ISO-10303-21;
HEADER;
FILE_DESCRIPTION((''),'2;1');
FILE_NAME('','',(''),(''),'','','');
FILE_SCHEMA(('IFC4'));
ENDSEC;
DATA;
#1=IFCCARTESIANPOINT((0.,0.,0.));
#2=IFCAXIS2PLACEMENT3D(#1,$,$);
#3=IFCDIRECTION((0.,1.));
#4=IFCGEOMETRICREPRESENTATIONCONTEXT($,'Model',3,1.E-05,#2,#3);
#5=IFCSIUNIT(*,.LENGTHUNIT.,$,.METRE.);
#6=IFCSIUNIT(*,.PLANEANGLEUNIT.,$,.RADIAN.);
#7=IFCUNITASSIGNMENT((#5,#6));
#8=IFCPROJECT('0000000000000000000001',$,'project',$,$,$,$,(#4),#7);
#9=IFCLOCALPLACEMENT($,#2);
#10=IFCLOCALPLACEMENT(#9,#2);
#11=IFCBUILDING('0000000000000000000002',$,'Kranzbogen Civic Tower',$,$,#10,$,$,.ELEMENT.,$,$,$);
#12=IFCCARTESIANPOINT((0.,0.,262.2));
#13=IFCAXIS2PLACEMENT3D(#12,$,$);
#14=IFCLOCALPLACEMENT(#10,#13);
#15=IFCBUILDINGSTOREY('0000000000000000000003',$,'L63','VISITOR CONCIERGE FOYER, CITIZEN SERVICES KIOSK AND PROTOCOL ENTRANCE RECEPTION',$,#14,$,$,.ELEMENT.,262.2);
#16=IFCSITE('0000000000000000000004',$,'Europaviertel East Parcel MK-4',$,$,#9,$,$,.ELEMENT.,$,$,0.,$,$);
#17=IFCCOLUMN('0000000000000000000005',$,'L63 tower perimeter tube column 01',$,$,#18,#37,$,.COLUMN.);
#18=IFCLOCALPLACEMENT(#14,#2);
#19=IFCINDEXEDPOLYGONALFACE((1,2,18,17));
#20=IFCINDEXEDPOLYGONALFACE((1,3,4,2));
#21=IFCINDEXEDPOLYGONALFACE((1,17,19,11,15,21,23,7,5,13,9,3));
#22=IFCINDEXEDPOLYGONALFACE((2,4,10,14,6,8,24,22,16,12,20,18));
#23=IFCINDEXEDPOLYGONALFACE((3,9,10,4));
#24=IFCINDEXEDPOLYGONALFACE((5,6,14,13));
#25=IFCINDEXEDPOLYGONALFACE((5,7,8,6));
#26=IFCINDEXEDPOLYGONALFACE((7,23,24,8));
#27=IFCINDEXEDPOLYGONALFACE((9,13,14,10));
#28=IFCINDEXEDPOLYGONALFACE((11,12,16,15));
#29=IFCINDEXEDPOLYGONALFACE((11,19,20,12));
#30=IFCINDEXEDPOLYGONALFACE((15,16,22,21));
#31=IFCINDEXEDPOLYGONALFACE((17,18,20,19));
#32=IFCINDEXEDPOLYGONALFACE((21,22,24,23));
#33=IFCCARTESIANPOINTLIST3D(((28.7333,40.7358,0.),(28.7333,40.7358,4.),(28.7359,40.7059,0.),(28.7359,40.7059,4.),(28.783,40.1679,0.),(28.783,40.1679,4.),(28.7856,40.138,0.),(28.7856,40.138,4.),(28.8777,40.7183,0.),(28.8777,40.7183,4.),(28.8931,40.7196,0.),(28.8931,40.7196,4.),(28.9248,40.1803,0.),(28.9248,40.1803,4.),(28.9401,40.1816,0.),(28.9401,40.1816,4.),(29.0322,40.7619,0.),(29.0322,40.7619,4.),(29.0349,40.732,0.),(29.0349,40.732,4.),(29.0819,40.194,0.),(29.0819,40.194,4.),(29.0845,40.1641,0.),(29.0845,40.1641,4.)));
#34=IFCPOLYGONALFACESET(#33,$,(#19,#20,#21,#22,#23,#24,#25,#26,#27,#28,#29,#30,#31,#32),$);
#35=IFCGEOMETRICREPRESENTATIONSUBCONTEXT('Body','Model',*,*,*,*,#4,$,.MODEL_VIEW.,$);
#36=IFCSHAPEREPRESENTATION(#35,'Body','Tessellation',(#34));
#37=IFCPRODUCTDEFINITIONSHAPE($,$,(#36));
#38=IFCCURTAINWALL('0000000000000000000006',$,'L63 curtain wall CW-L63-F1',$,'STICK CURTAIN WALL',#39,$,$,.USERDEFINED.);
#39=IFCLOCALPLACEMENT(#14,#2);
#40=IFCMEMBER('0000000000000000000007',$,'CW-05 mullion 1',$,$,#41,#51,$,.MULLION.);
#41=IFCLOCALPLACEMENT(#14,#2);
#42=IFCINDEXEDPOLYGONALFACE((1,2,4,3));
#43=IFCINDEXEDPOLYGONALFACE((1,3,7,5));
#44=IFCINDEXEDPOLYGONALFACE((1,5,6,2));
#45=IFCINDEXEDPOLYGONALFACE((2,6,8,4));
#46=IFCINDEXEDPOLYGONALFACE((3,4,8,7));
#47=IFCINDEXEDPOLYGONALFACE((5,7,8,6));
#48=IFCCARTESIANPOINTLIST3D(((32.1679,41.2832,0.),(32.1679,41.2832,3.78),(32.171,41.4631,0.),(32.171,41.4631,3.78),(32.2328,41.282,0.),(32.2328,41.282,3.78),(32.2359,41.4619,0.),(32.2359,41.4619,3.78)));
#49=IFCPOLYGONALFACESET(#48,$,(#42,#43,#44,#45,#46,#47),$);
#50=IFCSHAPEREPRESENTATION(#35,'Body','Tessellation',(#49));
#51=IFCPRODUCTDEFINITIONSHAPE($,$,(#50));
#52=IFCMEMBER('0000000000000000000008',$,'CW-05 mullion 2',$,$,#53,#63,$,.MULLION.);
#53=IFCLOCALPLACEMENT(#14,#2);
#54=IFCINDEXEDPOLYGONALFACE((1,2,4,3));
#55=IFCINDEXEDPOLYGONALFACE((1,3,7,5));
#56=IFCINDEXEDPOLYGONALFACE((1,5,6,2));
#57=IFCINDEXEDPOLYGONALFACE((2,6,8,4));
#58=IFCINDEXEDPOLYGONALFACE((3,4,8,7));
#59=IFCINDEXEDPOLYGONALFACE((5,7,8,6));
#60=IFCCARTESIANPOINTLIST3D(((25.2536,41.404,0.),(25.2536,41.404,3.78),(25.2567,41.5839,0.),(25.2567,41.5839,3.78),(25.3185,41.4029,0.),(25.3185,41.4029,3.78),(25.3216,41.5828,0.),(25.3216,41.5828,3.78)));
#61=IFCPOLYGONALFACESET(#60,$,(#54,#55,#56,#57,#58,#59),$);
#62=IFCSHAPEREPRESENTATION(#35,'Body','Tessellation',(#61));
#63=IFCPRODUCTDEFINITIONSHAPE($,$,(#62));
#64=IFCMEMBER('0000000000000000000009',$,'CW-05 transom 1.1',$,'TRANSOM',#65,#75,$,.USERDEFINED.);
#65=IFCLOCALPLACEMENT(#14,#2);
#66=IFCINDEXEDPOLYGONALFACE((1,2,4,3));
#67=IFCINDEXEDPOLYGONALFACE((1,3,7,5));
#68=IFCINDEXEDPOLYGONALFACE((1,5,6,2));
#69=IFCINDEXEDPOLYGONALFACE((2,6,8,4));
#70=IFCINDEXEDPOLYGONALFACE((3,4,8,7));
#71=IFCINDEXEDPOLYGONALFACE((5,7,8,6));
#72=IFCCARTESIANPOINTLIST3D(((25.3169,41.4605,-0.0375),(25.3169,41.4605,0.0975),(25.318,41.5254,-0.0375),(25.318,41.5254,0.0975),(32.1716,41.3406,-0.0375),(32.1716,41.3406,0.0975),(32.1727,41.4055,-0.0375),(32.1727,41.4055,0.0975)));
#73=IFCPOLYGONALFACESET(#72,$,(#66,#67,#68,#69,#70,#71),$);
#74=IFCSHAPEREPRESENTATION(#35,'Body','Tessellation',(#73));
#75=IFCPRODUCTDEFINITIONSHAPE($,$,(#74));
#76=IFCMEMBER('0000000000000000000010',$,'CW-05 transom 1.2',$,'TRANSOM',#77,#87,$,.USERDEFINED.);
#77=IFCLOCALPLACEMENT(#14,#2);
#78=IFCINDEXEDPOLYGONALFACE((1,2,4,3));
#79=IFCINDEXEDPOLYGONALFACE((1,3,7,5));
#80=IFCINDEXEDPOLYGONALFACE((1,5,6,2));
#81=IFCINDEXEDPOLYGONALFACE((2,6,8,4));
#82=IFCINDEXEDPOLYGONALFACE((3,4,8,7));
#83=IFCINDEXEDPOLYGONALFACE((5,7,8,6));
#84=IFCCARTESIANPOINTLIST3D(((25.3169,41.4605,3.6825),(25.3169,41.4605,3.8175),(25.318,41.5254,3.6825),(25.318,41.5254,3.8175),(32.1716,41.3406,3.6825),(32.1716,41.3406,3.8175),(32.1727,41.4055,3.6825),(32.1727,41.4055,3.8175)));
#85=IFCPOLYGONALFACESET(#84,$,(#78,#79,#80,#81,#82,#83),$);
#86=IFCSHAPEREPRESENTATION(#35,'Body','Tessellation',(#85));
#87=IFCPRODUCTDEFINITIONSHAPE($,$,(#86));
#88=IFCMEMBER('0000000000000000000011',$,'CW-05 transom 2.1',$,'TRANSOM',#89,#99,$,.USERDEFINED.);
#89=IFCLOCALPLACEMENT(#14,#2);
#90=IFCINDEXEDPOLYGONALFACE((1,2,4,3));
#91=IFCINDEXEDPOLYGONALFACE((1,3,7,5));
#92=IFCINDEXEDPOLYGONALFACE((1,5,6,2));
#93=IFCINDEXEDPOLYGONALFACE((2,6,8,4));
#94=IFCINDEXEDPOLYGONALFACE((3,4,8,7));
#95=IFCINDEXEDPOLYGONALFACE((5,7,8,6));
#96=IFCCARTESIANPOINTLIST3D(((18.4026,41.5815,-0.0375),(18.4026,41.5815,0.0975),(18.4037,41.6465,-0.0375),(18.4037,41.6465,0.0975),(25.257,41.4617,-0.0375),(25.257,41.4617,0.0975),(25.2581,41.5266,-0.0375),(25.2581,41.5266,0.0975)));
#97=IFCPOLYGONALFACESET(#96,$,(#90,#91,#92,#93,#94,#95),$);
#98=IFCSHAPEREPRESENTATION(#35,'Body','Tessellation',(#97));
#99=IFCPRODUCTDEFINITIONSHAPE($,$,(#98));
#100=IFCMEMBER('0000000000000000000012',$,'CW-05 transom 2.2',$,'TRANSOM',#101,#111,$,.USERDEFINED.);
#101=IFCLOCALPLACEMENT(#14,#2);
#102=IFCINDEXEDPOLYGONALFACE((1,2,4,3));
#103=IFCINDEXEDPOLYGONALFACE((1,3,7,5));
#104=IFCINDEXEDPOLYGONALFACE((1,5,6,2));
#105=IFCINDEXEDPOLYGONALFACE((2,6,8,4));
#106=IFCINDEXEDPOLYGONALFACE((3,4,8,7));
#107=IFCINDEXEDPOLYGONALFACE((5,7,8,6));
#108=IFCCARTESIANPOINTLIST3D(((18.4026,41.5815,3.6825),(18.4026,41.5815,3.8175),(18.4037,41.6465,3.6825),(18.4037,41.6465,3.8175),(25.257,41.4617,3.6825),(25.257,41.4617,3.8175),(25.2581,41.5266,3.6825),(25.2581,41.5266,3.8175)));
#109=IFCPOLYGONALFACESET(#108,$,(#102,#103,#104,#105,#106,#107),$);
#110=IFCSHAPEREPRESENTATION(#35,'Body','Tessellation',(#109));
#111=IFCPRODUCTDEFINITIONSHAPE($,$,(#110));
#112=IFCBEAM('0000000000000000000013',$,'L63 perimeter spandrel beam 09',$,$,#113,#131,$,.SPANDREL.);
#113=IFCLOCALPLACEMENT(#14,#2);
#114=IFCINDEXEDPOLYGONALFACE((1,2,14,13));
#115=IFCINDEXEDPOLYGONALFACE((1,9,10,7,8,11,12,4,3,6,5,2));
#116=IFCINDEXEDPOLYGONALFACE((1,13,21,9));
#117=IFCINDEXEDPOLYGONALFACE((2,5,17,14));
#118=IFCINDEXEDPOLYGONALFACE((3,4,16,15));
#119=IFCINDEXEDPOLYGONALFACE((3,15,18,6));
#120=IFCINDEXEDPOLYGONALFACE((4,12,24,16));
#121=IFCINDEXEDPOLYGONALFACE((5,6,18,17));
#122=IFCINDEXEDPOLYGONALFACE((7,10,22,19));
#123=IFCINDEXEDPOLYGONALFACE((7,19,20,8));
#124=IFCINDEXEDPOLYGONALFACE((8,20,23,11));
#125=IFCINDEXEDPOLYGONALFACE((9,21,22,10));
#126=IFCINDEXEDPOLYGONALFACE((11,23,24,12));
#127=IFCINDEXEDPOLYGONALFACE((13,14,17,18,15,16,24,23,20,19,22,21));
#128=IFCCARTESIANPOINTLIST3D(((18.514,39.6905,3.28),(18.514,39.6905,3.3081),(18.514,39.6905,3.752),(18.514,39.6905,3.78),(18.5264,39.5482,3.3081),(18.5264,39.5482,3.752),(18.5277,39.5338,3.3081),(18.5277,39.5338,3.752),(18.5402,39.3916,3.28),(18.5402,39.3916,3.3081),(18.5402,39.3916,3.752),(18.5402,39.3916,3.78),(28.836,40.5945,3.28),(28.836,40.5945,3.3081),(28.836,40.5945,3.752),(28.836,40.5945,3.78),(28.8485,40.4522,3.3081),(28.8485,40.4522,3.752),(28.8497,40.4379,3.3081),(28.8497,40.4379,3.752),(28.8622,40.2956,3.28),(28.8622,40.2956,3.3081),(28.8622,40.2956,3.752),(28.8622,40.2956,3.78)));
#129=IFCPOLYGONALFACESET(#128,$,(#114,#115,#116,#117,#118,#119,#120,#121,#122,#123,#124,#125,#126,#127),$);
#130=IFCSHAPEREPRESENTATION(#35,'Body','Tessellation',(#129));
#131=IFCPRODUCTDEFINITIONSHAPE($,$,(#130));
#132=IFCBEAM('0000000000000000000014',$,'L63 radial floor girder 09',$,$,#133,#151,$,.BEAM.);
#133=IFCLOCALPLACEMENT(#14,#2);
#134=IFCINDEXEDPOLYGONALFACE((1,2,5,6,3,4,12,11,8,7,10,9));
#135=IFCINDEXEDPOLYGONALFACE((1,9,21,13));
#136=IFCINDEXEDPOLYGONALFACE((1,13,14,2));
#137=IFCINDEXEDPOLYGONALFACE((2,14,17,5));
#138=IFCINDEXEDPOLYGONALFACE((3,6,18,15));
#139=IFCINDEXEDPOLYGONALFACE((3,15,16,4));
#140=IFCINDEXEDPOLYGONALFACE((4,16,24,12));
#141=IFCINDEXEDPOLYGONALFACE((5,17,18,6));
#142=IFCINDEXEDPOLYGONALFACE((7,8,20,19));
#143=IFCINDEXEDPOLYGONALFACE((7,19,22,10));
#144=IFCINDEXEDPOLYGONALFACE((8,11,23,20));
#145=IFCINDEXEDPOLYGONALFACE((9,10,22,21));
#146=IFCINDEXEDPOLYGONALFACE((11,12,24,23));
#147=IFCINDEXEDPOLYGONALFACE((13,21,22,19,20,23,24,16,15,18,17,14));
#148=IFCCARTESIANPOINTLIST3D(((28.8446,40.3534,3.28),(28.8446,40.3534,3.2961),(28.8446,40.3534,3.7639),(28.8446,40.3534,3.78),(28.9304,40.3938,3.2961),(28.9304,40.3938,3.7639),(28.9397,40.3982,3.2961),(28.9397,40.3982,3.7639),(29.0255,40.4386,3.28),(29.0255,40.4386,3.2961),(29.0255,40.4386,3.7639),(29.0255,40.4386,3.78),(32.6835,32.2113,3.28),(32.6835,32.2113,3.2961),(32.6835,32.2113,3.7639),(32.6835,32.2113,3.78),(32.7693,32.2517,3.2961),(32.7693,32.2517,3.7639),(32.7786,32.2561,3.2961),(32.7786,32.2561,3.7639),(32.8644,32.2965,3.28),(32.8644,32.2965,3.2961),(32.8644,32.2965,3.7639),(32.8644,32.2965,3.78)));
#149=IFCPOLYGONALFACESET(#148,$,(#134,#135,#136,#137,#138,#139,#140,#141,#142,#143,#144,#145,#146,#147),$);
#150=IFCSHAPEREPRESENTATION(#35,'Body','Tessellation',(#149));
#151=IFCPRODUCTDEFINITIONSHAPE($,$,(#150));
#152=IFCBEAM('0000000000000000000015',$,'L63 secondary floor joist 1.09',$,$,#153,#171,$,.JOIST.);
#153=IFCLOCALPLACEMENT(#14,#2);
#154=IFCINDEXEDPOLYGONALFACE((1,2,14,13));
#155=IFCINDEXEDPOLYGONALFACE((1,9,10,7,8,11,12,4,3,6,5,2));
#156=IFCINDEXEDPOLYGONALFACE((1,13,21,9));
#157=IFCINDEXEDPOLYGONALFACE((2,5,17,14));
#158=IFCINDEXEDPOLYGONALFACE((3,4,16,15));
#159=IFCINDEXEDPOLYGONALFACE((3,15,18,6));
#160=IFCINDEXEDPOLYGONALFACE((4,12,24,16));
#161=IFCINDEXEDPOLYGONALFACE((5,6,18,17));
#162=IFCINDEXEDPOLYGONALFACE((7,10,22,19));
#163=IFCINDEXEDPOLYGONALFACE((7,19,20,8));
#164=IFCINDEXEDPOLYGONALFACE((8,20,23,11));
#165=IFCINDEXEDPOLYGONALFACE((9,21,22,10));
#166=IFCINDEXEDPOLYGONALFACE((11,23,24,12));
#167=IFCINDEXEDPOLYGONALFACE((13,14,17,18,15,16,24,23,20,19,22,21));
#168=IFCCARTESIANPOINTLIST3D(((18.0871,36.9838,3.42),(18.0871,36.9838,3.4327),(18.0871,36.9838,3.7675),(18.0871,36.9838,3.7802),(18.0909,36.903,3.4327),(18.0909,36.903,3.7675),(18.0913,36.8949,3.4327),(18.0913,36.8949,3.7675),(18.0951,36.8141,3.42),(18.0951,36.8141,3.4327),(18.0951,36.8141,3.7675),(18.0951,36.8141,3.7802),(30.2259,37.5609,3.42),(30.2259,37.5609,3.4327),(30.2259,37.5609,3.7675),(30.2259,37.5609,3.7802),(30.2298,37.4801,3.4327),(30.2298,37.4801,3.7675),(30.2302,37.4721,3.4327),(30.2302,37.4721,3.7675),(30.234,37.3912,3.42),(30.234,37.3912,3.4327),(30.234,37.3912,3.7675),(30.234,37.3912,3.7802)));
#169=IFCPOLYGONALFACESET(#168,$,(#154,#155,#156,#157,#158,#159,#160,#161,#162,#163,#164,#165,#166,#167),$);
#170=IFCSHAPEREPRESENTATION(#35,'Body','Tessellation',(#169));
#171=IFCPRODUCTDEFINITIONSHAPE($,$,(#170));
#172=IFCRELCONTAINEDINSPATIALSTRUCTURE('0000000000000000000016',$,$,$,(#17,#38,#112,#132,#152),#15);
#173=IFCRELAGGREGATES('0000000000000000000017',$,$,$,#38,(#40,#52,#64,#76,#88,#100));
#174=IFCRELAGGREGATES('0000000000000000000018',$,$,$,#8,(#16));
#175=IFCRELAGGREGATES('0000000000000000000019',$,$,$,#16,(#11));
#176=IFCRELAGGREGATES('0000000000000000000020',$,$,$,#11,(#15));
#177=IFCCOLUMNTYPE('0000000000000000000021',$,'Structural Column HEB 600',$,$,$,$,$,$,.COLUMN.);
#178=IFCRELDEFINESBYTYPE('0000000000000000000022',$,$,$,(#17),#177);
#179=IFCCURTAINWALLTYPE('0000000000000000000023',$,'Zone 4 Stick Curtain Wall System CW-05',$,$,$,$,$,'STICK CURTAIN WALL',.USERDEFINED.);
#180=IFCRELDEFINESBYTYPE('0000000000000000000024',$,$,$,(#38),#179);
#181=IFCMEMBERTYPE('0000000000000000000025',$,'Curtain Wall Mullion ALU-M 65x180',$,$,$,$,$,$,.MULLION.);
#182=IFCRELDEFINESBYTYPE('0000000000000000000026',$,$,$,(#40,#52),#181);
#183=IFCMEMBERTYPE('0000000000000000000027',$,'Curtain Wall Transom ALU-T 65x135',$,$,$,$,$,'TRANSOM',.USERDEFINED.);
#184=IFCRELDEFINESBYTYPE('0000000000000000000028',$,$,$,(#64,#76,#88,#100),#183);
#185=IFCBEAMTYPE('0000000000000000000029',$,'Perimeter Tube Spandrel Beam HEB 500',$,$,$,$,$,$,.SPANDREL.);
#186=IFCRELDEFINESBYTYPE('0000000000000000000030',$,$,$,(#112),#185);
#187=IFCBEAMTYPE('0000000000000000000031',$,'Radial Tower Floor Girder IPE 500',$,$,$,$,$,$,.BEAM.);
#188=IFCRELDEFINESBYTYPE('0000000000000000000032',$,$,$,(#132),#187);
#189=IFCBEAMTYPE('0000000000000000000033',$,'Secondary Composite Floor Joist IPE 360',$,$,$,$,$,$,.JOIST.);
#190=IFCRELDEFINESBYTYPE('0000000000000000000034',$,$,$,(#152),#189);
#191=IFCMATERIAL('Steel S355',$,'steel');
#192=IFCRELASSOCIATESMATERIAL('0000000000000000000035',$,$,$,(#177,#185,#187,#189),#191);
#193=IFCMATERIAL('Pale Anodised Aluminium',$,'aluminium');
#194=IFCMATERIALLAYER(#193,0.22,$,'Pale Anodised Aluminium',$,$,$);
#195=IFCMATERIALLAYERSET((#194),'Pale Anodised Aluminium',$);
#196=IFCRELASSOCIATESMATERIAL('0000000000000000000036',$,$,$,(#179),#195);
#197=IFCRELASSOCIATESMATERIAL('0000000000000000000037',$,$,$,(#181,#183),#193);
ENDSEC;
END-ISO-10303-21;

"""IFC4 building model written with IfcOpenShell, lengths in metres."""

from ifc_helpers import new_model, si_unit, direction, frame, origin, origin_2d, place, context, subcontext, project, spatial, rectangle, i_section, extrude, material, layer, layer_set, material_profile, profile_set, type_object, element, aggregate, save


model = new_model("IFC4")

# Units and contexts
model_context = context("Model", 3, precision=1e-05, world=origin(), true_north=direction((0.0, 1.0)))
body_context = subcontext(model_context, "Body", "Model", "MODEL_VIEW")
ifc_project = project(units=[si_unit("LENGTHUNIT", "METRE"), si_unit("PLANEANGLEUNIT", "RADIAN")], contexts=[model_context])

# Site, building, storey
site_placement = place(None, origin())
site = spatial("IfcSite", under=ifc_project, at=site_placement, Name="Europaviertel East Parcel MK-4", CompositionType="ELEMENT", RefElevation=0.0)
building_placement = place(site_placement, origin())
building = spatial("IfcBuilding", under=site, at=building_placement, Name="Kranzbogen Civic Tower", CompositionType="ELEMENT")
storey_placement = place(building_placement, frame((0.0, 0.0, 262.2)))
storey = spatial("IfcBuildingStorey", under=building, at=storey_placement, Name="L63", Description="VISITOR CONCIERGE FOYER, CITIZEN SERVICES KIOSK AND PROTOCOL ENTRANCE RECEPTION", CompositionType="ELEMENT", Elevation=262.2)

# Column
ifc_material_1 = material(Name="Steel S355", Category="steel")
ifc_material_profile_1 = material_profile(ifc_material_1, i_section(OverallWidth=0.3, OverallDepth=0.6001, WebThickness=0.0154, FlangeThickness=0.03, at=origin_2d()), Name="HEB 600")
ifc_profile_set_1 = profile_set([ifc_material_profile_1], Name="Steel S355")
column_type = type_object("IfcColumnType", Name="Structural Column HEB 600", PredefinedType="COLUMN", material=ifc_profile_set_1)
column_placement = place(storey_placement, frame((28.9089, 40.45, 0.0), z_axis=(0.0, 0.0, 1.0), x_axis=(0.996195, 0.087156, 0.0)))
element("IfcColumn", 1, at=column_placement, inside=storey, type_object=column_type, Name="L63 tower perimeter tube column 01", PredefinedType="COLUMN", context=body_context, shape_type="SweptSolid", body=[
    extrude(i_section(OverallWidth=0.3, OverallDepth=0.6001, WebThickness=0.0154, FlangeThickness=0.03, at=origin_2d()), origin(), (0.0, 0.0, 1.0), 4.0),
])

# Curtain wall, members
ifc_material_2 = material(Name="Pale Anodised Aluminium", Category="aluminium")
ifc_layer_1 = layer(ifc_material_2, 0.22, Name="Pale Anodised Aluminium")
ifc_layer_set_1 = layer_set([ifc_layer_1], Name="Pale Anodised Aluminium")
curtain_wall_type = type_object("IfcCurtainWallType", Name="Zone 4 Stick Curtain Wall System CW-05", ElementType="STICK CURTAIN WALL", PredefinedType="USERDEFINED", material=ifc_layer_set_1)
curtain_wall_placement = place(storey_placement, origin())
curtain_wall = element("IfcCurtainWall", 2, at=curtain_wall_placement, inside=storey, type_object=curtain_wall_type, Name="L63 curtain wall CW-L63-F1", ObjectType="STICK CURTAIN WALL", PredefinedType="USERDEFINED")
ifc_material_profile_2 = material_profile(ifc_material_2, rectangle(XDim=0.0649, YDim=0.1799, at=origin_2d()), Name="ALU-M 65x180")
ifc_profile_set_2 = profile_set([ifc_material_profile_2], Name="Pale Anodised Aluminium")
member_type_1 = type_object("IfcMemberType", Name="Curtain Wall Mullion ALU-M 65x180", PredefinedType="MULLION", material=ifc_profile_set_2)
member_1_placement = place(storey_placement, frame((32.2019, 41.3726, 0.0), z_axis=(0.0, 0.0, 1.0), x_axis=(-0.999847, 0.017493, 0.0)))
member_1 = element("IfcMember", 3, at=member_1_placement, type_object=member_type_1, Name="CW-05 mullion 1", PredefinedType="MULLION", context=body_context, shape_type="SweptSolid", body=[
    extrude(rectangle(XDim=0.0649, YDim=0.1799, at=origin_2d()), origin(), (0.0, 0.0, 1.0), 3.78),
])
member_2_placement = place(storey_placement, frame((25.2876, 41.4934, 0.0), z_axis=(0.0, 0.0, 1.0), x_axis=(-0.999847, 0.017493, 0.0)))
member_2 = element("IfcMember", 4, at=member_2_placement, type_object=member_type_1, Name="CW-05 mullion 2", PredefinedType="MULLION", context=body_context, shape_type="SweptSolid", body=[
    extrude(rectangle(XDim=0.0649, YDim=0.1799, at=origin_2d()), origin(), (0.0, 0.0, 1.0), 3.78),
])
ifc_material_profile_3 = material_profile(ifc_material_2, rectangle(XDim=0.0649, YDim=0.135, at=origin_2d()), Name="ALU-T 65x135")
ifc_profile_set_3 = profile_set([ifc_material_profile_3], Name="Pale Anodised Aluminium")
member_type_2 = type_object("IfcMemberType", Name="Curtain Wall Transom ALU-T 65x135", ElementType="TRANSOM", PredefinedType="USERDEFINED", material=ifc_profile_set_3)
member_3_placement = place(storey_placement, frame((32.1721, 41.373, 0.03), z_axis=(-0.999847, 0.017485, 0.0), x_axis=(-0.017485, -0.999847, 0.0)))
member_3 = element("IfcMember", 5, at=member_3_placement, type_object=member_type_2, Name="CW-05 transom 1.1", ObjectType="TRANSOM", PredefinedType="USERDEFINED", context=body_context, shape_type="SweptSolid", body=[
    extrude(rectangle(XDim=0.0649, YDim=0.135, at=origin_2d()), origin(), (0.0, 0.0, 1.0), 6.8557),
])
member_4_placement = place(storey_placement, frame((32.1721, 41.373, 3.75), z_axis=(-0.999847, 0.017485, 0.0), x_axis=(-0.017485, -0.999847, 0.0)))
member_4 = element("IfcMember", 6, at=member_4_placement, type_object=member_type_2, Name="CW-05 transom 1.2", ObjectType="TRANSOM", PredefinedType="USERDEFINED", context=body_context, shape_type="SweptSolid", body=[
    extrude(rectangle(XDim=0.0649, YDim=0.135, at=origin_2d()), origin(), (0.0, 0.0, 1.0), 6.8557),
])
member_5_placement = place(storey_placement, frame((25.2576, 41.4941, 0.03), z_axis=(-0.999847, 0.017486, 0.0), x_axis=(-0.017486, -0.999847, 0.0)))
member_5 = element("IfcMember", 7, at=member_5_placement, type_object=member_type_2, Name="CW-05 transom 2.1", ObjectType="TRANSOM", PredefinedType="USERDEFINED", context=body_context, shape_type="SweptSolid", body=[
    extrude(rectangle(XDim=0.0649, YDim=0.135, at=origin_2d()), origin(), (0.0, 0.0, 1.0), 6.8555),
])
member_6_placement = place(storey_placement, frame((25.2576, 41.4941, 3.75), z_axis=(-0.999847, 0.017486, 0.0), x_axis=(-0.017486, -0.999847, 0.0)))
member_6 = element("IfcMember", 8, at=member_6_placement, type_object=member_type_2, Name="CW-05 transom 2.2", ObjectType="TRANSOM", PredefinedType="USERDEFINED", context=body_context, shape_type="SweptSolid", body=[
    extrude(rectangle(XDim=0.0649, YDim=0.135, at=origin_2d()), origin(), (0.0, 0.0, 1.0), 6.8555),
])

# Beams
ifc_material_profile_4 = material_profile(ifc_material_1, i_section(OverallWidth=0.3, OverallDepth=0.5, WebThickness=0.0144, FlangeThickness=0.0281, at=origin_2d()), Name="HEB 500")
ifc_profile_set_4 = profile_set([ifc_material_profile_4], Name="Steel S355")
beam_type_1 = type_object("IfcBeamType", Name="Perimeter Tube Spandrel Beam HEB 500", PredefinedType="SPANDREL", material=ifc_profile_set_4)
beam_1_placement = place(storey_placement, frame((28.8491, 40.4451, 3.53), z_axis=(-0.996186, -0.087251, 0.0), x_axis=(0.087251, -0.996186, 0.0)))
element("IfcBeam", 9, at=beam_1_placement, inside=storey, type_object=beam_type_1, Name="L63 perimeter spandrel beam 09", PredefinedType="SPANDREL", context=body_context, shape_type="SweptSolid", body=[
    extrude(i_section(OverallWidth=0.3, OverallDepth=0.5, WebThickness=0.0144, FlangeThickness=0.0281, at=origin_2d()), origin(), (0.0, 0.0, 1.0), 10.3616),
])
ifc_material_profile_5 = material_profile(ifc_material_1, i_section(OverallWidth=0.2, OverallDepth=0.5, WebThickness=0.0103, FlangeThickness=0.0161, at=origin_2d()), Name="IPE 500")
ifc_profile_set_5 = profile_set([ifc_material_profile_5], Name="Steel S355")
beam_type_2 = type_object("IfcBeamType", Name="Radial Tower Floor Girder IPE 500", PredefinedType="BEAM", material=ifc_profile_set_5)
beam_2_placement = place(storey_placement, frame((28.9351, 40.396, 3.53), z_axis=(0.42646, -0.904506, 0.0), x_axis=(0.904506, 0.42646, 0.0)))
element("IfcBeam", 10, at=beam_2_placement, inside=storey, type_object=beam_type_2, Name="L63 radial floor girder 09", PredefinedType="BEAM", context=body_context, shape_type="SweptSolid", body=[
    extrude(i_section(OverallWidth=0.2, OverallDepth=0.5, WebThickness=0.0103, FlangeThickness=0.0161, at=origin_2d()), origin(), (0.0, 0.0, 1.0), 9.0017),
])
ifc_material_profile_6 = material_profile(ifc_material_1, i_section(OverallWidth=0.1699, OverallDepth=0.3601, WebThickness=0.0081, FlangeThickness=0.0127, at=origin_2d()), Name="IPE 360")
ifc_profile_set_6 = profile_set([ifc_material_profile_6], Name="Steel S355")
beam_type_3 = type_object("IfcBeamType", Name="Secondary Composite Floor Joist IPE 360", PredefinedType="JOIST", material=ifc_profile_set_6)
beam_3_placement = place(storey_placement, frame((30.23, 37.4761, 3.6001), z_axis=(-0.998872, -0.047492, 0.0), x_axis=(0.047492, -0.998872, 0.0)))
element("IfcBeam", 11, at=beam_3_placement, inside=storey, type_object=beam_type_3, Name="L63 secondary floor joist 1.09", PredefinedType="JOIST", context=body_context, shape_type="SweptSolid", body=[
    extrude(i_section(OverallWidth=0.1699, OverallDepth=0.3601, WebThickness=0.0081, FlangeThickness=0.0127, at=origin_2d()), origin(), (0.0, 0.0, 1.0), 12.1526),
])

aggregate(curtain_wall, [member_1, member_2, member_3, member_4, member_5, member_6])

save(model, "model.ifc")
